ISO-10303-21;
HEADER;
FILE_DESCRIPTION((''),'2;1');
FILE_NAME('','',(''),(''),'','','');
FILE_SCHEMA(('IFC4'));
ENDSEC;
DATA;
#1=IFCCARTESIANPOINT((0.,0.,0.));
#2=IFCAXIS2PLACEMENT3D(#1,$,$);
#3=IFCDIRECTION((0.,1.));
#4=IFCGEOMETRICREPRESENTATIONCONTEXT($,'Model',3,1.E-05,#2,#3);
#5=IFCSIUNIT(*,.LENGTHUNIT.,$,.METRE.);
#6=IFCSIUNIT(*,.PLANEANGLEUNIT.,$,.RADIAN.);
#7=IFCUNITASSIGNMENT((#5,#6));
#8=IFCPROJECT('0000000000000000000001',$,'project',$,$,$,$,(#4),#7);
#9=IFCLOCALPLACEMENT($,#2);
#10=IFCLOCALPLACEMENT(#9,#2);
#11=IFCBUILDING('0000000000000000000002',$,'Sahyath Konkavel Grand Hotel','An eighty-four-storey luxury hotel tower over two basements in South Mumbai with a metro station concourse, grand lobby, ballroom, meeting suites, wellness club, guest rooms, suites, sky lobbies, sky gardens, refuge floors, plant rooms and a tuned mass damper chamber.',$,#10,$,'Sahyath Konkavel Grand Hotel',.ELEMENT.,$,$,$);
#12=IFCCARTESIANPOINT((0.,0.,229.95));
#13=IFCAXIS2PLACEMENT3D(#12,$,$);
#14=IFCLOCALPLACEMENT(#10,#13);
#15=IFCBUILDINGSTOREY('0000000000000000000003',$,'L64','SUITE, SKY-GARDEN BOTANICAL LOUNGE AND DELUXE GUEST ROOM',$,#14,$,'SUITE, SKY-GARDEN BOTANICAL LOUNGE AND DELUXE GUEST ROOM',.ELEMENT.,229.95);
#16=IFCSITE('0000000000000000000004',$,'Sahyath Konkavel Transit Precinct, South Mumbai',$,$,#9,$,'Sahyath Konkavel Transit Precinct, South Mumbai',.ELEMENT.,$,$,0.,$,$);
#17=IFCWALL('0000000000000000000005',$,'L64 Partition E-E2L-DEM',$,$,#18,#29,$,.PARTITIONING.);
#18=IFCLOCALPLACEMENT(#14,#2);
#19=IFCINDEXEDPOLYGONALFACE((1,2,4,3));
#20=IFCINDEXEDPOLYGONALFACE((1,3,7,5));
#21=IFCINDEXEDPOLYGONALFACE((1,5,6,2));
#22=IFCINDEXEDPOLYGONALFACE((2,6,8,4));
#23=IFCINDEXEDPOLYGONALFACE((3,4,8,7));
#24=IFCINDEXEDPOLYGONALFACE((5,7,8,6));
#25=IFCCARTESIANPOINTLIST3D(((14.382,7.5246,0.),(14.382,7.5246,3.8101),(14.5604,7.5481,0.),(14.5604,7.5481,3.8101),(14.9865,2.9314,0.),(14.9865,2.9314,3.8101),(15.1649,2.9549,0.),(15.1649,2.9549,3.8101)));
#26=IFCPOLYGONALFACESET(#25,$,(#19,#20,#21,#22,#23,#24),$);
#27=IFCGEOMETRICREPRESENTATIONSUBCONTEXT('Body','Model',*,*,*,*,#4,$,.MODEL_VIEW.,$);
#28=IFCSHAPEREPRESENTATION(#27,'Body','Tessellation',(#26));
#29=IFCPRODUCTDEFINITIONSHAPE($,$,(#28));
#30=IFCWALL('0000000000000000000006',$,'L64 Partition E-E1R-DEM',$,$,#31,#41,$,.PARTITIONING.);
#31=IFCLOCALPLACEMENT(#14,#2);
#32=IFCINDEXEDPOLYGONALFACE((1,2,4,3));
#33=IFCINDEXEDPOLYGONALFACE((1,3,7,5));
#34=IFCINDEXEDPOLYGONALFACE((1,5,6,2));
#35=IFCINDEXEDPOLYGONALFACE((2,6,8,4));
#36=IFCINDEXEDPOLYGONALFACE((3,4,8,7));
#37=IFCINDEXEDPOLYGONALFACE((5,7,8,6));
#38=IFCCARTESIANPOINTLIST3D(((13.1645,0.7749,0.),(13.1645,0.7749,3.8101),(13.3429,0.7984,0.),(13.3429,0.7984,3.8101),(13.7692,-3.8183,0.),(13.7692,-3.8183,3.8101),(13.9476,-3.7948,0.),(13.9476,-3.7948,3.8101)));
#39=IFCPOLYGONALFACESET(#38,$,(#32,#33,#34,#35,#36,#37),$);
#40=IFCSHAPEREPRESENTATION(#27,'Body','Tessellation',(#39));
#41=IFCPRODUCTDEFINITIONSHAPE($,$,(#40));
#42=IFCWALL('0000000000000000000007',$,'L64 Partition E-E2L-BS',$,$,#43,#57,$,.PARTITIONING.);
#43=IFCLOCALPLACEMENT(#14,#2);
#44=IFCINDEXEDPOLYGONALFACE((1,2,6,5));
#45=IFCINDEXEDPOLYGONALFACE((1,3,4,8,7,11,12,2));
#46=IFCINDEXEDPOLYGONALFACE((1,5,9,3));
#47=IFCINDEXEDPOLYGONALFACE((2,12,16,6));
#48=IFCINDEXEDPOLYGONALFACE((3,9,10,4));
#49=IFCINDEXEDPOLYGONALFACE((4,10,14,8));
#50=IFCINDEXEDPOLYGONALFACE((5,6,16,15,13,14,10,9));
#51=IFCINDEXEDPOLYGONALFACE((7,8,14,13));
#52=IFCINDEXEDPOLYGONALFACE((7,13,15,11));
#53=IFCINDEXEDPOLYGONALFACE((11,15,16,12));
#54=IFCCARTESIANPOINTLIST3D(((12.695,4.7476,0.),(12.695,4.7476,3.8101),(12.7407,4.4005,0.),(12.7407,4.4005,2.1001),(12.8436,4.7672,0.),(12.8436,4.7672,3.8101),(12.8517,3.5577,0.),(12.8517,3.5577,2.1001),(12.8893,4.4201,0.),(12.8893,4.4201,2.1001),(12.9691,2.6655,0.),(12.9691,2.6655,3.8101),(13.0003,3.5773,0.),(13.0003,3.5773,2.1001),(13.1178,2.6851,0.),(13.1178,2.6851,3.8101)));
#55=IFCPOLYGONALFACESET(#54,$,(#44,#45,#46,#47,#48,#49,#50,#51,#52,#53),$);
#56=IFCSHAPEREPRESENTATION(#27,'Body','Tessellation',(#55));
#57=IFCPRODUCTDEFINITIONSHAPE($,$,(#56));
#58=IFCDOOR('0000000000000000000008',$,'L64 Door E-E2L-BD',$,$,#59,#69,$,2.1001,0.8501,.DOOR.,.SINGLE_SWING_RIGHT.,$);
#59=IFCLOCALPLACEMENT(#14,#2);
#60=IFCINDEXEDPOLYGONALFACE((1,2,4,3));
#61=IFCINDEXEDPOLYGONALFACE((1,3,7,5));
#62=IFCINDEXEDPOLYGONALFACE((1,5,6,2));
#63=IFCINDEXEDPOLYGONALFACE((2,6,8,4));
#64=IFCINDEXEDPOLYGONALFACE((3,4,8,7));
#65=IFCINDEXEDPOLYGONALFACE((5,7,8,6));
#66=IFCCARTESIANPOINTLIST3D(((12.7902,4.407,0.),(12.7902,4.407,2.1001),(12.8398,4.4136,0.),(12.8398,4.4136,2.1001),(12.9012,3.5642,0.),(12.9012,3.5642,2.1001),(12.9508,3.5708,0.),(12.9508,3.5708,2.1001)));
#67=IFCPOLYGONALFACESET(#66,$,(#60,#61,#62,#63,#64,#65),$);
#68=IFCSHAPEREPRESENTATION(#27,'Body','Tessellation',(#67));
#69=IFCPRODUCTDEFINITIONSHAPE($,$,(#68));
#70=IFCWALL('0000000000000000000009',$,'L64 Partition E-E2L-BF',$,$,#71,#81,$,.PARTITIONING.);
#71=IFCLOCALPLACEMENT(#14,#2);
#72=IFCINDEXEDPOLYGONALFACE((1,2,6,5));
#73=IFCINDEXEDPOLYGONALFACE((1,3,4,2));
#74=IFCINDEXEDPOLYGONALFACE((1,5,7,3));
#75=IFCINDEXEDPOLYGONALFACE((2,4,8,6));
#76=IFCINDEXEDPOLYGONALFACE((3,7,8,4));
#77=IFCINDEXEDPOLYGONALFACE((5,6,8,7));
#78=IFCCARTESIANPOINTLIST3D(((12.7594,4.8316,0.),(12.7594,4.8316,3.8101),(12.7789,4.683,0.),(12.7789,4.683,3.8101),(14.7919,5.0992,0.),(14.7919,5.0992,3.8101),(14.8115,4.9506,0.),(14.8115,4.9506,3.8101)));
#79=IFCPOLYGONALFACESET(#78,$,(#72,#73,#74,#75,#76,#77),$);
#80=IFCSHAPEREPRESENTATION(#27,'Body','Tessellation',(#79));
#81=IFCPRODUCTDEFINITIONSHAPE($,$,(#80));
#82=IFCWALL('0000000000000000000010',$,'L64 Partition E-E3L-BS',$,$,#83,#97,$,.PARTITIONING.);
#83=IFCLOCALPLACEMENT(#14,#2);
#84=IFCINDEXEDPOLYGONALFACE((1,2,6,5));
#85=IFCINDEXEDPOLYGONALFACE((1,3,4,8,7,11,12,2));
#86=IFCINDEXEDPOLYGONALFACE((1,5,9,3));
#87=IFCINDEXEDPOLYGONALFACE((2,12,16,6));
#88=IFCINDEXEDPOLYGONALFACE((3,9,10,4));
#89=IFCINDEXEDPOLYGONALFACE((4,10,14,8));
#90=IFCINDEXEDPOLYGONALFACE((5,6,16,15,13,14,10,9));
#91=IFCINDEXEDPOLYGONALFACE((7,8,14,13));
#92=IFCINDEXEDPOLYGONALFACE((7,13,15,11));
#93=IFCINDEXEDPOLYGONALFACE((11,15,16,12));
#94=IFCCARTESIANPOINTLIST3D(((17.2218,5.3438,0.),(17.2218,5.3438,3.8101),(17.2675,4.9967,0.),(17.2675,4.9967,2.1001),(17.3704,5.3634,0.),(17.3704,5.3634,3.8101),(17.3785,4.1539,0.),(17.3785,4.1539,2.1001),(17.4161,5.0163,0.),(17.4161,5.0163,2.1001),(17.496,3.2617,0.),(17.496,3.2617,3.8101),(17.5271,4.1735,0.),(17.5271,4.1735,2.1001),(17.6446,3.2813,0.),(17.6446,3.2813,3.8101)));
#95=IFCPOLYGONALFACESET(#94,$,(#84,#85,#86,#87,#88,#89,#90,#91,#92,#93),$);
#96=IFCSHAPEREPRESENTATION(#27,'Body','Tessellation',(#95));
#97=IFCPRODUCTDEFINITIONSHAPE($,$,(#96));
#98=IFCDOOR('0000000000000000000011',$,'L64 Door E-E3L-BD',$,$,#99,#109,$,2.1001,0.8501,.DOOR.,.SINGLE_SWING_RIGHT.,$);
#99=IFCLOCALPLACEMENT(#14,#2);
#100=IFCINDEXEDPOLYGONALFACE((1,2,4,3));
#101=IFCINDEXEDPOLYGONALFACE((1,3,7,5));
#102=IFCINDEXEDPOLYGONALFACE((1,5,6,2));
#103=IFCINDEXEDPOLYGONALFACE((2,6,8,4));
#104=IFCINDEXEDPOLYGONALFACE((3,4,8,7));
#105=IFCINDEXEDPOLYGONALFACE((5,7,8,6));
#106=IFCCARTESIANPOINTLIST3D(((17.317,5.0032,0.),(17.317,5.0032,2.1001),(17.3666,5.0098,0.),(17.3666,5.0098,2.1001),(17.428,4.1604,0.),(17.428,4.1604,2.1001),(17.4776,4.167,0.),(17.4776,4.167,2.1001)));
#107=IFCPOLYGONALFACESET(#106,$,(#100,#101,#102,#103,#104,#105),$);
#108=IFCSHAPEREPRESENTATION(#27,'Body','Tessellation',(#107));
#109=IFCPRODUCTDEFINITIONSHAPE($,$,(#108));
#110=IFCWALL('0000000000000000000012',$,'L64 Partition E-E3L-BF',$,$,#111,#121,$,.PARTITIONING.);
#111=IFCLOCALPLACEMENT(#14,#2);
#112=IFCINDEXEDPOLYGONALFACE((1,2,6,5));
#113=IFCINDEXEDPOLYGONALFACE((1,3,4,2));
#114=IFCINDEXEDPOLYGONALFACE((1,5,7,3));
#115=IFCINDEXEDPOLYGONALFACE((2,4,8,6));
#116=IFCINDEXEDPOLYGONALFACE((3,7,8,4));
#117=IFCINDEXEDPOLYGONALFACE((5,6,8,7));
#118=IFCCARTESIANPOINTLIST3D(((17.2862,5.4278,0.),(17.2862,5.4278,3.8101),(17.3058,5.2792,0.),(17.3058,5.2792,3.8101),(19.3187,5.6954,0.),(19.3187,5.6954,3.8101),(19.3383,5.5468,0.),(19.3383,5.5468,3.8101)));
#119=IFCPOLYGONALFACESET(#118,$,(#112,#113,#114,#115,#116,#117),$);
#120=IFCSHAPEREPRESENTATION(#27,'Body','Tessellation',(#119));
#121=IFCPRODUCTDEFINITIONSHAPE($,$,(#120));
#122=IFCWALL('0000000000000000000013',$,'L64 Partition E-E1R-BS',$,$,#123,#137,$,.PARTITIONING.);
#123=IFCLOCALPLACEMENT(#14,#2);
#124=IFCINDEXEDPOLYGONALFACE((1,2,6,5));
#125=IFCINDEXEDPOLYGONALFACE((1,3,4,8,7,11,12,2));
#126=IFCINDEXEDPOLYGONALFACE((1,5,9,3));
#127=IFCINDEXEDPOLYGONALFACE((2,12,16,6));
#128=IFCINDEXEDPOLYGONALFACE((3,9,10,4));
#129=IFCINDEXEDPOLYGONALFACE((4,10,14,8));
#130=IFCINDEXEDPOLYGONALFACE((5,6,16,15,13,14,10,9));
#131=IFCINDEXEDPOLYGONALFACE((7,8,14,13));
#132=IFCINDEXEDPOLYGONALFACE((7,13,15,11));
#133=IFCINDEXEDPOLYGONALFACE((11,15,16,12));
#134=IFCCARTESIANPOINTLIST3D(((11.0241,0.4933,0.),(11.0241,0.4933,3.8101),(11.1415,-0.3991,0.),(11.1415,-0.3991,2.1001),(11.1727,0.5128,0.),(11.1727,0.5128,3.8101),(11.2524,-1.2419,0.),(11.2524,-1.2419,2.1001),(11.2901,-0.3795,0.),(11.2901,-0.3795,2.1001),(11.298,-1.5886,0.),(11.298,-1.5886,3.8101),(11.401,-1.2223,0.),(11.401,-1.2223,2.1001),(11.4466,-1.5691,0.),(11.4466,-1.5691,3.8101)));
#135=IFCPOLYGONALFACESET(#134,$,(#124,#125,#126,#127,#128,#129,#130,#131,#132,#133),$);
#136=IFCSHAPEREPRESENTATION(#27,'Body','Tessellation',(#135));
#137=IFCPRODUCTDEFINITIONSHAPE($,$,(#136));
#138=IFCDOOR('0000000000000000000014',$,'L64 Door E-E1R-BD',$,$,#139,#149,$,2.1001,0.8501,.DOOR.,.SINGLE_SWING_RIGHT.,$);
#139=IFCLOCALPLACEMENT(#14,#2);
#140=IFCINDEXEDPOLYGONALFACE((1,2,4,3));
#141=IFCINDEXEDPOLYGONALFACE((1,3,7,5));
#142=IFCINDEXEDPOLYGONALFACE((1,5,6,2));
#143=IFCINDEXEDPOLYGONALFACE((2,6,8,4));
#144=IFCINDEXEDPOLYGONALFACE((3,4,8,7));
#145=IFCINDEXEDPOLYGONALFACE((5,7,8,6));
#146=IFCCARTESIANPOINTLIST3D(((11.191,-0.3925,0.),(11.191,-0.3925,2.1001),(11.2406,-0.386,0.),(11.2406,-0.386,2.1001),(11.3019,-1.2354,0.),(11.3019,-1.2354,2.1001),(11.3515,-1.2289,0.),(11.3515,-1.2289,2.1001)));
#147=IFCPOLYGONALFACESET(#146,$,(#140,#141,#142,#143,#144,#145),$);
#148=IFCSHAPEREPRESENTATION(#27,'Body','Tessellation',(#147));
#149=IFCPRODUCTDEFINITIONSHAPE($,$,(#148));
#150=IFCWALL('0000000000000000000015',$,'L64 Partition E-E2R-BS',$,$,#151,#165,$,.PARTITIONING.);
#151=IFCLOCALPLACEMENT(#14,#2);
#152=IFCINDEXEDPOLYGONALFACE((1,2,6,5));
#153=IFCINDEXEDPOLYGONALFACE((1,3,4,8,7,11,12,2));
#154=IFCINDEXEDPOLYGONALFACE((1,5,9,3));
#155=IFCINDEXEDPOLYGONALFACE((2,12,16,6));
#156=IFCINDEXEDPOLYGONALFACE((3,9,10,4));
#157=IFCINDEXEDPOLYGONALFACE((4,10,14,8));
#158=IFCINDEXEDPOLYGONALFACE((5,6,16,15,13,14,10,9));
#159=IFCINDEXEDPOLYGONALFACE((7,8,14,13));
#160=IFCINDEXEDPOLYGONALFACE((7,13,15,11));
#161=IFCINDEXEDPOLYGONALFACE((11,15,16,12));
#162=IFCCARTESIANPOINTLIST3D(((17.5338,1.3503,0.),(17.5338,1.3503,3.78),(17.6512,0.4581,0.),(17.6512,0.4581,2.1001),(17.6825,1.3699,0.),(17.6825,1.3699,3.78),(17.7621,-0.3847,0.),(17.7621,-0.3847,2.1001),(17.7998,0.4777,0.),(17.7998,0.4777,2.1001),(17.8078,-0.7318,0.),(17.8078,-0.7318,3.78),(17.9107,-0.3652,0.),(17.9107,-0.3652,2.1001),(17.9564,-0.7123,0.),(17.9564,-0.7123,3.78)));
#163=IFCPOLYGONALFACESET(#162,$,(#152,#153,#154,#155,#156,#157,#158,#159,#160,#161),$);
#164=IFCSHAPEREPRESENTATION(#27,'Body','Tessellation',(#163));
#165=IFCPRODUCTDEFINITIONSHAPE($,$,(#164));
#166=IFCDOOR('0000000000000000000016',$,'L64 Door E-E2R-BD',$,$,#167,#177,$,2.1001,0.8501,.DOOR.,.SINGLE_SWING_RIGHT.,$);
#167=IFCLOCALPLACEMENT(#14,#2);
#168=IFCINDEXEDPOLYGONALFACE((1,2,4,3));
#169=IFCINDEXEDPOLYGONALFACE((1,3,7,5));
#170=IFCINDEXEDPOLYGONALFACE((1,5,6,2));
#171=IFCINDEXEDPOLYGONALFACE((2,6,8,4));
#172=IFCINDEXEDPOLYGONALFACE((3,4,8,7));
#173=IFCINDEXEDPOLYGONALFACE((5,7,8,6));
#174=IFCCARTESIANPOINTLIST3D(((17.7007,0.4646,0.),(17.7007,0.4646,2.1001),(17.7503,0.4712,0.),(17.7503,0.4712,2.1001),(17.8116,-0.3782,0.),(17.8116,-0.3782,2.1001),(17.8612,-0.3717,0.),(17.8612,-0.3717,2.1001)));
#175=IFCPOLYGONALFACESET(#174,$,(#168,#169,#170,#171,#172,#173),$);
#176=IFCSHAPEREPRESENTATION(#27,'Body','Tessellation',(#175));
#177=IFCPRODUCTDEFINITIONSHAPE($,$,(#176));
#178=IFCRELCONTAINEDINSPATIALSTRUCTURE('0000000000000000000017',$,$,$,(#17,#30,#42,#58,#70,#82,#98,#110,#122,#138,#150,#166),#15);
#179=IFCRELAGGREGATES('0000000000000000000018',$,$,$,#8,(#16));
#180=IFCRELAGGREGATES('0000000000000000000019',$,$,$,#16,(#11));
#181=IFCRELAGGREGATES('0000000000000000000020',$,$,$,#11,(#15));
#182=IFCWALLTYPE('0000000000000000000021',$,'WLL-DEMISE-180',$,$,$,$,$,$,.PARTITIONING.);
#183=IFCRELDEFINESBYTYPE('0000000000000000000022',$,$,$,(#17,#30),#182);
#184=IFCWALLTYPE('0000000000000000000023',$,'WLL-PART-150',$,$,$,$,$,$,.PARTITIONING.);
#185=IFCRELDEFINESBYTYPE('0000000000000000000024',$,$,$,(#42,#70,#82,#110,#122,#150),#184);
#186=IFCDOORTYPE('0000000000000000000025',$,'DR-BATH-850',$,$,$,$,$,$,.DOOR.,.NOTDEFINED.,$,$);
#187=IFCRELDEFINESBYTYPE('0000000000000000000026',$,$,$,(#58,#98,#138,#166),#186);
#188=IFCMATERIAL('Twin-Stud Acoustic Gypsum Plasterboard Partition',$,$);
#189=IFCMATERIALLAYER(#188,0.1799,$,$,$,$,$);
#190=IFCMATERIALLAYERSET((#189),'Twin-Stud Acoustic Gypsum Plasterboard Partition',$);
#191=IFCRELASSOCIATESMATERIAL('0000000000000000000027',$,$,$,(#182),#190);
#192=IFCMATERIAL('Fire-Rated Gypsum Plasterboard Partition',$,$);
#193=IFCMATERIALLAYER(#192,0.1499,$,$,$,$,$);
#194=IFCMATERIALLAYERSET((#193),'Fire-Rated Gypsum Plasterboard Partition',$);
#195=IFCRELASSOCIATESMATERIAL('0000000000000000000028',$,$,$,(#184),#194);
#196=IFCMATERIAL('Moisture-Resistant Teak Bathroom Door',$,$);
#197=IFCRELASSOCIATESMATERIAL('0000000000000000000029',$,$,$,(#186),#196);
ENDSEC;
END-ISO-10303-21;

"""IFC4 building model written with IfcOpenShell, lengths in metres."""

from ifc_helpers import new_model, si_unit, direction, frame, frame_2d, origin, origin_2d, place, context, subcontext, project, spatial, rectangle, extrude, source, transform, mapped, material, layer, layer_set, type_object, element, fill, save


model = new_model("IFC4")

# Units and contexts
model_context = context("Model", 3, precision=1e-05, world=origin(), true_north=direction((0.0, 1.0)))
body_context = subcontext(model_context, "Body", "Model", "MODEL_VIEW")
ifc_project = project(units=[si_unit("LENGTHUNIT", "METRE"), si_unit("PLANEANGLEUNIT", "RADIAN")], contexts=[model_context])

# Site, building, storey
site_placement = place(None, origin())
site = spatial("IfcSite", under=ifc_project, at=site_placement, Name="Sahyath Konkavel Transit Precinct, South Mumbai", LongName="Sahyath Konkavel Transit Precinct, South Mumbai", CompositionType="ELEMENT", RefElevation=0.0)
building_placement = place(site_placement, origin())
building = spatial("IfcBuilding", under=site, at=building_placement, Name="Sahyath Konkavel Grand Hotel", Description="An eighty-four-storey luxury hotel tower over two basements in South Mumbai with a metro station concourse, grand lobby, ballroom, meeting suites, wellness club, guest rooms, suites, sky lobbies, sky gardens, refuge floors, plant rooms and a tuned mass damper chamber.", LongName="Sahyath Konkavel Grand Hotel", CompositionType="ELEMENT")
storey_placement = place(building_placement, frame((0.0, 0.0, 229.95)))
storey = spatial("IfcBuildingStorey", under=building, at=storey_placement, Name="L64", Description="SUITE, SKY-GARDEN BOTANICAL LOUNGE AND DELUXE GUEST ROOM", LongName="SUITE, SKY-GARDEN BOTANICAL LOUNGE AND DELUXE GUEST ROOM", CompositionType="ELEMENT", Elevation=229.95)

# Walls
ifc_material_1 = material(Name="Twin-Stud Acoustic Gypsum Plasterboard Partition")
ifc_layer_1 = layer(ifc_material_1, 0.1799)
ifc_layer_set_1 = layer_set([ifc_layer_1], Name="Twin-Stud Acoustic Gypsum Plasterboard Partition")
wall_type_1 = type_object("IfcWallType", Name="WLL-DEMISE-180", PredefinedType="PARTITIONING", material=ifc_layer_set_1)
for number, where, z_axis, x_axis, name in (
    (1, (15.0757, 2.9431, 0.0), (0.0, 0.0, 1.0), (-0.130479, 0.991451, 0.0), "L64 Partition E-E2L-DEM"),
    (2, (13.2537, 0.7866, 0.0), (0.0, 0.0, 1.0), (0.130531, -0.991444, 0.0), "L64 Partition E-E1R-DEM"),
):
    element("IfcWall", number, at=place(storey_placement, frame(where, z_axis=z_axis, x_axis=x_axis)), inside=storey, type_object=wall_type_1, Name=name, PredefinedType="PARTITIONING", context=body_context, shape_type="SweptSolid", body=[
        extrude(rectangle(XDim=4.6328, YDim=0.1799, at=frame_2d((2.3164, 0.0))), origin(), (0.0, 0.0, 1.0), 3.8101),
    ])

# Wall, opening, door
ifc_material_2 = material(Name="Fire-Rated Gypsum Plasterboard Partition")
ifc_layer_2 = layer(ifc_material_2, 0.1499)
ifc_layer_set_2 = layer_set([ifc_layer_2], Name="Fire-Rated Gypsum Plasterboard Partition")
wall_type_2 = type_object("IfcWallType", Name="WLL-PART-150", PredefinedType="PARTITIONING", material=ifc_layer_set_2)
wall_1_placement = place(storey_placement, frame((13.0435, 2.6753, 0.0), z_axis=(0.0, 0.0, 1.0), x_axis=(-0.130557, 0.991441, 0.0)))
wall_1 = element("IfcWall", 3, at=wall_1_placement, inside=storey, type_object=wall_type_2, Name="L64 Partition E-E2L-BS", PredefinedType="PARTITIONING", context=body_context, shape_type="SweptSolid", body=[
    extrude(rectangle(XDim=2.1001, YDim=0.1499, at=frame_2d((1.05, 0.0))), origin(), (0.0, 0.0, 1.0), 3.8101),
])
opening_1_placement = place(wall_1_placement, frame((0.8999, 0.0, 0.0)))
opening_1 = element("IfcOpeningElement", 4, at=opening_1_placement, cuts=wall_1, PredefinedType="OPENING", context=body_context, shape_type="SweptSolid", body=[
    extrude(rectangle(XDim=0.8501, YDim=2.1001, at=frame_2d((0.425, 1.05))), frame((0.0, 0.085, 0.0), z_axis=(0.0, -1.0, 0.0), x_axis=(1.0, 0.0, 0.0)), (0.0, 0.0, 1.0), 0.1699),
])
ifc_material_3 = material(Name="Moisture-Resistant Teak Bathroom Door")
door_type = type_object("IfcDoorType", Name="DR-BATH-850", OperationType="NOTDEFINED", PredefinedType="DOOR", material=ifc_material_3)
shared_shape_1 = source(origin(), body_context, "Body", "SweptSolid", [
    extrude(rectangle(XDim=0.8501, YDim=0.05, at=origin_2d()), origin(), (0.0, 0.0, 1.0), 2.1001),
])
door_1_placement = place(opening_1_placement, frame((0.425, 0.0, 0.0)))
door_1 = element("IfcDoor", 5, at=door_1_placement, inside=storey, type_object=door_type, Name="L64 Door E-E2L-BD", OperationType="SINGLE_SWING_RIGHT", OverallHeight=2.1001, OverallWidth=0.8501, PredefinedType="DOOR", context=body_context, shape_type="MappedRepresentation", body=[
    mapped(shared_shape_1, transform((0.0, 0.0, 0.0), scale=1.0)),
])
fill(opening_1, door_1)

# Wall
wall_2_placement = place(storey_placement, frame((12.7693, 4.7573, 0.0), z_axis=(0.0, 0.0, 1.0), x_axis=(0.991445, 0.130525, 0.0)))
element("IfcWall", 6, at=wall_2_placement, inside=storey, type_object=wall_type_2, Name="L64 Partition E-E2L-BF", PredefinedType="PARTITIONING", context=body_context, shape_type="SweptSolid", body=[
    extrude(rectangle(XDim=2.05, YDim=0.1499, at=frame_2d((1.0249, 0.0))), origin(), (0.0, 0.0, 1.0), 3.8101),
])

# Wall, opening, door
wall_3_placement = place(storey_placement, frame((17.5703, 3.2715, 0.0), z_axis=(0.0, 0.0, 1.0), x_axis=(-0.130557, 0.991441, 0.0)))
wall_3 = element("IfcWall", 7, at=wall_3_placement, inside=storey, type_object=wall_type_2, Name="L64 Partition E-E3L-BS", PredefinedType="PARTITIONING", context=body_context, shape_type="SweptSolid", body=[
    extrude(rectangle(XDim=2.1001, YDim=0.1499, at=frame_2d((1.05, 0.0))), origin(), (0.0, 0.0, 1.0), 3.8101),
])
opening_2_placement = place(wall_3_placement, frame((0.8999, 0.0, 0.0)))
opening_2 = element("IfcOpeningElement", 8, at=opening_2_placement, cuts=wall_3, PredefinedType="OPENING", context=body_context, shape_type="SweptSolid", body=[
    extrude(rectangle(XDim=0.8501, YDim=2.1001, at=frame_2d((0.425, 1.05))), frame((0.0, 0.085, 0.0), z_axis=(0.0, -1.0, 0.0), x_axis=(1.0, 0.0, 0.0)), (0.0, 0.0, 1.0), 0.1699),
])
door_2_placement = place(opening_2_placement, frame((0.425, 0.0, 0.0)))
door_2 = element("IfcDoor", 9, at=door_2_placement, inside=storey, type_object=door_type, Name="L64 Door E-E3L-BD", OperationType="SINGLE_SWING_RIGHT", OverallHeight=2.1001, OverallWidth=0.8501, PredefinedType="DOOR", context=body_context, shape_type="MappedRepresentation", body=[
    mapped(shared_shape_1, transform((0.0, 0.0, 0.0), scale=1.0)),
])
fill(opening_2, door_2)

# Wall
wall_4_placement = place(storey_placement, frame((17.2961, 5.3535, 0.0), z_axis=(0.0, 0.0, 1.0), x_axis=(0.991445, 0.130525, 0.0)))
element("IfcWall", 10, at=wall_4_placement, inside=storey, type_object=wall_type_2, Name="L64 Partition E-E3L-BF", PredefinedType="PARTITIONING", context=body_context, shape_type="SweptSolid", body=[
    extrude(rectangle(XDim=2.05, YDim=0.1499, at=frame_2d((1.0249, 0.0))), origin(), (0.0, 0.0, 1.0), 3.8101),
])

# Walls, openings, doors
wall_5_placement = place(storey_placement, frame((11.0984, 0.5029, 0.0), z_axis=(0.0, 0.0, 1.0), x_axis=(0.130442, -0.991456, 0.0)))
wall_5 = element("IfcWall", 11, at=wall_5_placement, inside=storey, type_object=wall_type_2, Name="L64 Partition E-E1R-BS", PredefinedType="PARTITIONING", context=body_context, shape_type="SweptSolid", body=[
    extrude(rectangle(XDim=2.0999, YDim=0.1499, at=frame_2d((1.0498, 0.0))), origin(), (0.0, 0.0, 1.0), 3.8101),
])
opening_3_placement = place(wall_5_placement, frame((0.8999, 0.0, 0.0)))
opening_3 = element("IfcOpeningElement", 12, at=opening_3_placement, cuts=wall_5, PredefinedType="OPENING", context=body_context, shape_type="SweptSolid", body=[
    extrude(rectangle(XDim=0.8501, YDim=2.1001, at=frame_2d((0.425, 1.05))), frame((0.0, 0.085, 0.0), z_axis=(0.0, -1.0, 0.0), x_axis=(1.0, 0.0, 0.0)), (0.0, 0.0, 1.0), 0.1699),
])
door_3_placement = place(opening_3_placement, frame((0.425, 0.0, 0.0)))
door_3 = element("IfcDoor", 13, at=door_3_placement, inside=storey, type_object=door_type, Name="L64 Door E-E1R-BD", OperationType="SINGLE_SWING_RIGHT", OverallHeight=2.1001, OverallWidth=0.8501, PredefinedType="DOOR", context=body_context, shape_type="MappedRepresentation", body=[
    mapped(shared_shape_1, transform((0.0, 0.0, 0.0), scale=1.0)),
])
fill(opening_3, door_3)
wall_6_placement = place(storey_placement, frame((17.6082, 1.3601, 0.0), z_axis=(0.0, 0.0, 1.0), x_axis=(0.130427, -0.991458, 0.0)))
wall_6 = element("IfcWall", 14, at=wall_6_placement, inside=storey, type_object=wall_type_2, Name="L64 Partition E-E2R-BS", PredefinedType="PARTITIONING", context=body_context, shape_type="SweptSolid", body=[
    extrude(rectangle(XDim=2.1001, YDim=0.1499, at=frame_2d((1.05, 0.0))), origin(), (0.0, 0.0, 1.0), 3.78),
])
opening_4_placement = place(wall_6_placement, frame((0.8999, 0.0, 0.0)))
opening_4 = element("IfcOpeningElement", 15, at=opening_4_placement, cuts=wall_6, PredefinedType="OPENING", context=body_context, shape_type="SweptSolid", body=[
    extrude(rectangle(XDim=0.8501, YDim=2.1001, at=frame_2d((0.425, 1.05))), frame((0.0, 0.085, 0.0), z_axis=(0.0, -1.0, 0.0), x_axis=(1.0, 0.0, 0.0)), (0.0, 0.0, 1.0), 0.1699),
])
door_4_placement = place(opening_4_placement, frame((0.425, 0.0, 0.0)))
door_4 = element("IfcDoor", 16, at=door_4_placement, inside=storey, type_object=door_type, Name="L64 Door E-E2R-BD", OperationType="SINGLE_SWING_RIGHT", OverallHeight=2.1001, OverallWidth=0.8501, PredefinedType="DOOR", context=body_context, shape_type="MappedRepresentation", body=[
    mapped(shared_shape_1, transform((0.0, 0.0, 0.0), scale=1.0)),
])
fill(opening_4, door_4)

save(model, "model.ifc")
